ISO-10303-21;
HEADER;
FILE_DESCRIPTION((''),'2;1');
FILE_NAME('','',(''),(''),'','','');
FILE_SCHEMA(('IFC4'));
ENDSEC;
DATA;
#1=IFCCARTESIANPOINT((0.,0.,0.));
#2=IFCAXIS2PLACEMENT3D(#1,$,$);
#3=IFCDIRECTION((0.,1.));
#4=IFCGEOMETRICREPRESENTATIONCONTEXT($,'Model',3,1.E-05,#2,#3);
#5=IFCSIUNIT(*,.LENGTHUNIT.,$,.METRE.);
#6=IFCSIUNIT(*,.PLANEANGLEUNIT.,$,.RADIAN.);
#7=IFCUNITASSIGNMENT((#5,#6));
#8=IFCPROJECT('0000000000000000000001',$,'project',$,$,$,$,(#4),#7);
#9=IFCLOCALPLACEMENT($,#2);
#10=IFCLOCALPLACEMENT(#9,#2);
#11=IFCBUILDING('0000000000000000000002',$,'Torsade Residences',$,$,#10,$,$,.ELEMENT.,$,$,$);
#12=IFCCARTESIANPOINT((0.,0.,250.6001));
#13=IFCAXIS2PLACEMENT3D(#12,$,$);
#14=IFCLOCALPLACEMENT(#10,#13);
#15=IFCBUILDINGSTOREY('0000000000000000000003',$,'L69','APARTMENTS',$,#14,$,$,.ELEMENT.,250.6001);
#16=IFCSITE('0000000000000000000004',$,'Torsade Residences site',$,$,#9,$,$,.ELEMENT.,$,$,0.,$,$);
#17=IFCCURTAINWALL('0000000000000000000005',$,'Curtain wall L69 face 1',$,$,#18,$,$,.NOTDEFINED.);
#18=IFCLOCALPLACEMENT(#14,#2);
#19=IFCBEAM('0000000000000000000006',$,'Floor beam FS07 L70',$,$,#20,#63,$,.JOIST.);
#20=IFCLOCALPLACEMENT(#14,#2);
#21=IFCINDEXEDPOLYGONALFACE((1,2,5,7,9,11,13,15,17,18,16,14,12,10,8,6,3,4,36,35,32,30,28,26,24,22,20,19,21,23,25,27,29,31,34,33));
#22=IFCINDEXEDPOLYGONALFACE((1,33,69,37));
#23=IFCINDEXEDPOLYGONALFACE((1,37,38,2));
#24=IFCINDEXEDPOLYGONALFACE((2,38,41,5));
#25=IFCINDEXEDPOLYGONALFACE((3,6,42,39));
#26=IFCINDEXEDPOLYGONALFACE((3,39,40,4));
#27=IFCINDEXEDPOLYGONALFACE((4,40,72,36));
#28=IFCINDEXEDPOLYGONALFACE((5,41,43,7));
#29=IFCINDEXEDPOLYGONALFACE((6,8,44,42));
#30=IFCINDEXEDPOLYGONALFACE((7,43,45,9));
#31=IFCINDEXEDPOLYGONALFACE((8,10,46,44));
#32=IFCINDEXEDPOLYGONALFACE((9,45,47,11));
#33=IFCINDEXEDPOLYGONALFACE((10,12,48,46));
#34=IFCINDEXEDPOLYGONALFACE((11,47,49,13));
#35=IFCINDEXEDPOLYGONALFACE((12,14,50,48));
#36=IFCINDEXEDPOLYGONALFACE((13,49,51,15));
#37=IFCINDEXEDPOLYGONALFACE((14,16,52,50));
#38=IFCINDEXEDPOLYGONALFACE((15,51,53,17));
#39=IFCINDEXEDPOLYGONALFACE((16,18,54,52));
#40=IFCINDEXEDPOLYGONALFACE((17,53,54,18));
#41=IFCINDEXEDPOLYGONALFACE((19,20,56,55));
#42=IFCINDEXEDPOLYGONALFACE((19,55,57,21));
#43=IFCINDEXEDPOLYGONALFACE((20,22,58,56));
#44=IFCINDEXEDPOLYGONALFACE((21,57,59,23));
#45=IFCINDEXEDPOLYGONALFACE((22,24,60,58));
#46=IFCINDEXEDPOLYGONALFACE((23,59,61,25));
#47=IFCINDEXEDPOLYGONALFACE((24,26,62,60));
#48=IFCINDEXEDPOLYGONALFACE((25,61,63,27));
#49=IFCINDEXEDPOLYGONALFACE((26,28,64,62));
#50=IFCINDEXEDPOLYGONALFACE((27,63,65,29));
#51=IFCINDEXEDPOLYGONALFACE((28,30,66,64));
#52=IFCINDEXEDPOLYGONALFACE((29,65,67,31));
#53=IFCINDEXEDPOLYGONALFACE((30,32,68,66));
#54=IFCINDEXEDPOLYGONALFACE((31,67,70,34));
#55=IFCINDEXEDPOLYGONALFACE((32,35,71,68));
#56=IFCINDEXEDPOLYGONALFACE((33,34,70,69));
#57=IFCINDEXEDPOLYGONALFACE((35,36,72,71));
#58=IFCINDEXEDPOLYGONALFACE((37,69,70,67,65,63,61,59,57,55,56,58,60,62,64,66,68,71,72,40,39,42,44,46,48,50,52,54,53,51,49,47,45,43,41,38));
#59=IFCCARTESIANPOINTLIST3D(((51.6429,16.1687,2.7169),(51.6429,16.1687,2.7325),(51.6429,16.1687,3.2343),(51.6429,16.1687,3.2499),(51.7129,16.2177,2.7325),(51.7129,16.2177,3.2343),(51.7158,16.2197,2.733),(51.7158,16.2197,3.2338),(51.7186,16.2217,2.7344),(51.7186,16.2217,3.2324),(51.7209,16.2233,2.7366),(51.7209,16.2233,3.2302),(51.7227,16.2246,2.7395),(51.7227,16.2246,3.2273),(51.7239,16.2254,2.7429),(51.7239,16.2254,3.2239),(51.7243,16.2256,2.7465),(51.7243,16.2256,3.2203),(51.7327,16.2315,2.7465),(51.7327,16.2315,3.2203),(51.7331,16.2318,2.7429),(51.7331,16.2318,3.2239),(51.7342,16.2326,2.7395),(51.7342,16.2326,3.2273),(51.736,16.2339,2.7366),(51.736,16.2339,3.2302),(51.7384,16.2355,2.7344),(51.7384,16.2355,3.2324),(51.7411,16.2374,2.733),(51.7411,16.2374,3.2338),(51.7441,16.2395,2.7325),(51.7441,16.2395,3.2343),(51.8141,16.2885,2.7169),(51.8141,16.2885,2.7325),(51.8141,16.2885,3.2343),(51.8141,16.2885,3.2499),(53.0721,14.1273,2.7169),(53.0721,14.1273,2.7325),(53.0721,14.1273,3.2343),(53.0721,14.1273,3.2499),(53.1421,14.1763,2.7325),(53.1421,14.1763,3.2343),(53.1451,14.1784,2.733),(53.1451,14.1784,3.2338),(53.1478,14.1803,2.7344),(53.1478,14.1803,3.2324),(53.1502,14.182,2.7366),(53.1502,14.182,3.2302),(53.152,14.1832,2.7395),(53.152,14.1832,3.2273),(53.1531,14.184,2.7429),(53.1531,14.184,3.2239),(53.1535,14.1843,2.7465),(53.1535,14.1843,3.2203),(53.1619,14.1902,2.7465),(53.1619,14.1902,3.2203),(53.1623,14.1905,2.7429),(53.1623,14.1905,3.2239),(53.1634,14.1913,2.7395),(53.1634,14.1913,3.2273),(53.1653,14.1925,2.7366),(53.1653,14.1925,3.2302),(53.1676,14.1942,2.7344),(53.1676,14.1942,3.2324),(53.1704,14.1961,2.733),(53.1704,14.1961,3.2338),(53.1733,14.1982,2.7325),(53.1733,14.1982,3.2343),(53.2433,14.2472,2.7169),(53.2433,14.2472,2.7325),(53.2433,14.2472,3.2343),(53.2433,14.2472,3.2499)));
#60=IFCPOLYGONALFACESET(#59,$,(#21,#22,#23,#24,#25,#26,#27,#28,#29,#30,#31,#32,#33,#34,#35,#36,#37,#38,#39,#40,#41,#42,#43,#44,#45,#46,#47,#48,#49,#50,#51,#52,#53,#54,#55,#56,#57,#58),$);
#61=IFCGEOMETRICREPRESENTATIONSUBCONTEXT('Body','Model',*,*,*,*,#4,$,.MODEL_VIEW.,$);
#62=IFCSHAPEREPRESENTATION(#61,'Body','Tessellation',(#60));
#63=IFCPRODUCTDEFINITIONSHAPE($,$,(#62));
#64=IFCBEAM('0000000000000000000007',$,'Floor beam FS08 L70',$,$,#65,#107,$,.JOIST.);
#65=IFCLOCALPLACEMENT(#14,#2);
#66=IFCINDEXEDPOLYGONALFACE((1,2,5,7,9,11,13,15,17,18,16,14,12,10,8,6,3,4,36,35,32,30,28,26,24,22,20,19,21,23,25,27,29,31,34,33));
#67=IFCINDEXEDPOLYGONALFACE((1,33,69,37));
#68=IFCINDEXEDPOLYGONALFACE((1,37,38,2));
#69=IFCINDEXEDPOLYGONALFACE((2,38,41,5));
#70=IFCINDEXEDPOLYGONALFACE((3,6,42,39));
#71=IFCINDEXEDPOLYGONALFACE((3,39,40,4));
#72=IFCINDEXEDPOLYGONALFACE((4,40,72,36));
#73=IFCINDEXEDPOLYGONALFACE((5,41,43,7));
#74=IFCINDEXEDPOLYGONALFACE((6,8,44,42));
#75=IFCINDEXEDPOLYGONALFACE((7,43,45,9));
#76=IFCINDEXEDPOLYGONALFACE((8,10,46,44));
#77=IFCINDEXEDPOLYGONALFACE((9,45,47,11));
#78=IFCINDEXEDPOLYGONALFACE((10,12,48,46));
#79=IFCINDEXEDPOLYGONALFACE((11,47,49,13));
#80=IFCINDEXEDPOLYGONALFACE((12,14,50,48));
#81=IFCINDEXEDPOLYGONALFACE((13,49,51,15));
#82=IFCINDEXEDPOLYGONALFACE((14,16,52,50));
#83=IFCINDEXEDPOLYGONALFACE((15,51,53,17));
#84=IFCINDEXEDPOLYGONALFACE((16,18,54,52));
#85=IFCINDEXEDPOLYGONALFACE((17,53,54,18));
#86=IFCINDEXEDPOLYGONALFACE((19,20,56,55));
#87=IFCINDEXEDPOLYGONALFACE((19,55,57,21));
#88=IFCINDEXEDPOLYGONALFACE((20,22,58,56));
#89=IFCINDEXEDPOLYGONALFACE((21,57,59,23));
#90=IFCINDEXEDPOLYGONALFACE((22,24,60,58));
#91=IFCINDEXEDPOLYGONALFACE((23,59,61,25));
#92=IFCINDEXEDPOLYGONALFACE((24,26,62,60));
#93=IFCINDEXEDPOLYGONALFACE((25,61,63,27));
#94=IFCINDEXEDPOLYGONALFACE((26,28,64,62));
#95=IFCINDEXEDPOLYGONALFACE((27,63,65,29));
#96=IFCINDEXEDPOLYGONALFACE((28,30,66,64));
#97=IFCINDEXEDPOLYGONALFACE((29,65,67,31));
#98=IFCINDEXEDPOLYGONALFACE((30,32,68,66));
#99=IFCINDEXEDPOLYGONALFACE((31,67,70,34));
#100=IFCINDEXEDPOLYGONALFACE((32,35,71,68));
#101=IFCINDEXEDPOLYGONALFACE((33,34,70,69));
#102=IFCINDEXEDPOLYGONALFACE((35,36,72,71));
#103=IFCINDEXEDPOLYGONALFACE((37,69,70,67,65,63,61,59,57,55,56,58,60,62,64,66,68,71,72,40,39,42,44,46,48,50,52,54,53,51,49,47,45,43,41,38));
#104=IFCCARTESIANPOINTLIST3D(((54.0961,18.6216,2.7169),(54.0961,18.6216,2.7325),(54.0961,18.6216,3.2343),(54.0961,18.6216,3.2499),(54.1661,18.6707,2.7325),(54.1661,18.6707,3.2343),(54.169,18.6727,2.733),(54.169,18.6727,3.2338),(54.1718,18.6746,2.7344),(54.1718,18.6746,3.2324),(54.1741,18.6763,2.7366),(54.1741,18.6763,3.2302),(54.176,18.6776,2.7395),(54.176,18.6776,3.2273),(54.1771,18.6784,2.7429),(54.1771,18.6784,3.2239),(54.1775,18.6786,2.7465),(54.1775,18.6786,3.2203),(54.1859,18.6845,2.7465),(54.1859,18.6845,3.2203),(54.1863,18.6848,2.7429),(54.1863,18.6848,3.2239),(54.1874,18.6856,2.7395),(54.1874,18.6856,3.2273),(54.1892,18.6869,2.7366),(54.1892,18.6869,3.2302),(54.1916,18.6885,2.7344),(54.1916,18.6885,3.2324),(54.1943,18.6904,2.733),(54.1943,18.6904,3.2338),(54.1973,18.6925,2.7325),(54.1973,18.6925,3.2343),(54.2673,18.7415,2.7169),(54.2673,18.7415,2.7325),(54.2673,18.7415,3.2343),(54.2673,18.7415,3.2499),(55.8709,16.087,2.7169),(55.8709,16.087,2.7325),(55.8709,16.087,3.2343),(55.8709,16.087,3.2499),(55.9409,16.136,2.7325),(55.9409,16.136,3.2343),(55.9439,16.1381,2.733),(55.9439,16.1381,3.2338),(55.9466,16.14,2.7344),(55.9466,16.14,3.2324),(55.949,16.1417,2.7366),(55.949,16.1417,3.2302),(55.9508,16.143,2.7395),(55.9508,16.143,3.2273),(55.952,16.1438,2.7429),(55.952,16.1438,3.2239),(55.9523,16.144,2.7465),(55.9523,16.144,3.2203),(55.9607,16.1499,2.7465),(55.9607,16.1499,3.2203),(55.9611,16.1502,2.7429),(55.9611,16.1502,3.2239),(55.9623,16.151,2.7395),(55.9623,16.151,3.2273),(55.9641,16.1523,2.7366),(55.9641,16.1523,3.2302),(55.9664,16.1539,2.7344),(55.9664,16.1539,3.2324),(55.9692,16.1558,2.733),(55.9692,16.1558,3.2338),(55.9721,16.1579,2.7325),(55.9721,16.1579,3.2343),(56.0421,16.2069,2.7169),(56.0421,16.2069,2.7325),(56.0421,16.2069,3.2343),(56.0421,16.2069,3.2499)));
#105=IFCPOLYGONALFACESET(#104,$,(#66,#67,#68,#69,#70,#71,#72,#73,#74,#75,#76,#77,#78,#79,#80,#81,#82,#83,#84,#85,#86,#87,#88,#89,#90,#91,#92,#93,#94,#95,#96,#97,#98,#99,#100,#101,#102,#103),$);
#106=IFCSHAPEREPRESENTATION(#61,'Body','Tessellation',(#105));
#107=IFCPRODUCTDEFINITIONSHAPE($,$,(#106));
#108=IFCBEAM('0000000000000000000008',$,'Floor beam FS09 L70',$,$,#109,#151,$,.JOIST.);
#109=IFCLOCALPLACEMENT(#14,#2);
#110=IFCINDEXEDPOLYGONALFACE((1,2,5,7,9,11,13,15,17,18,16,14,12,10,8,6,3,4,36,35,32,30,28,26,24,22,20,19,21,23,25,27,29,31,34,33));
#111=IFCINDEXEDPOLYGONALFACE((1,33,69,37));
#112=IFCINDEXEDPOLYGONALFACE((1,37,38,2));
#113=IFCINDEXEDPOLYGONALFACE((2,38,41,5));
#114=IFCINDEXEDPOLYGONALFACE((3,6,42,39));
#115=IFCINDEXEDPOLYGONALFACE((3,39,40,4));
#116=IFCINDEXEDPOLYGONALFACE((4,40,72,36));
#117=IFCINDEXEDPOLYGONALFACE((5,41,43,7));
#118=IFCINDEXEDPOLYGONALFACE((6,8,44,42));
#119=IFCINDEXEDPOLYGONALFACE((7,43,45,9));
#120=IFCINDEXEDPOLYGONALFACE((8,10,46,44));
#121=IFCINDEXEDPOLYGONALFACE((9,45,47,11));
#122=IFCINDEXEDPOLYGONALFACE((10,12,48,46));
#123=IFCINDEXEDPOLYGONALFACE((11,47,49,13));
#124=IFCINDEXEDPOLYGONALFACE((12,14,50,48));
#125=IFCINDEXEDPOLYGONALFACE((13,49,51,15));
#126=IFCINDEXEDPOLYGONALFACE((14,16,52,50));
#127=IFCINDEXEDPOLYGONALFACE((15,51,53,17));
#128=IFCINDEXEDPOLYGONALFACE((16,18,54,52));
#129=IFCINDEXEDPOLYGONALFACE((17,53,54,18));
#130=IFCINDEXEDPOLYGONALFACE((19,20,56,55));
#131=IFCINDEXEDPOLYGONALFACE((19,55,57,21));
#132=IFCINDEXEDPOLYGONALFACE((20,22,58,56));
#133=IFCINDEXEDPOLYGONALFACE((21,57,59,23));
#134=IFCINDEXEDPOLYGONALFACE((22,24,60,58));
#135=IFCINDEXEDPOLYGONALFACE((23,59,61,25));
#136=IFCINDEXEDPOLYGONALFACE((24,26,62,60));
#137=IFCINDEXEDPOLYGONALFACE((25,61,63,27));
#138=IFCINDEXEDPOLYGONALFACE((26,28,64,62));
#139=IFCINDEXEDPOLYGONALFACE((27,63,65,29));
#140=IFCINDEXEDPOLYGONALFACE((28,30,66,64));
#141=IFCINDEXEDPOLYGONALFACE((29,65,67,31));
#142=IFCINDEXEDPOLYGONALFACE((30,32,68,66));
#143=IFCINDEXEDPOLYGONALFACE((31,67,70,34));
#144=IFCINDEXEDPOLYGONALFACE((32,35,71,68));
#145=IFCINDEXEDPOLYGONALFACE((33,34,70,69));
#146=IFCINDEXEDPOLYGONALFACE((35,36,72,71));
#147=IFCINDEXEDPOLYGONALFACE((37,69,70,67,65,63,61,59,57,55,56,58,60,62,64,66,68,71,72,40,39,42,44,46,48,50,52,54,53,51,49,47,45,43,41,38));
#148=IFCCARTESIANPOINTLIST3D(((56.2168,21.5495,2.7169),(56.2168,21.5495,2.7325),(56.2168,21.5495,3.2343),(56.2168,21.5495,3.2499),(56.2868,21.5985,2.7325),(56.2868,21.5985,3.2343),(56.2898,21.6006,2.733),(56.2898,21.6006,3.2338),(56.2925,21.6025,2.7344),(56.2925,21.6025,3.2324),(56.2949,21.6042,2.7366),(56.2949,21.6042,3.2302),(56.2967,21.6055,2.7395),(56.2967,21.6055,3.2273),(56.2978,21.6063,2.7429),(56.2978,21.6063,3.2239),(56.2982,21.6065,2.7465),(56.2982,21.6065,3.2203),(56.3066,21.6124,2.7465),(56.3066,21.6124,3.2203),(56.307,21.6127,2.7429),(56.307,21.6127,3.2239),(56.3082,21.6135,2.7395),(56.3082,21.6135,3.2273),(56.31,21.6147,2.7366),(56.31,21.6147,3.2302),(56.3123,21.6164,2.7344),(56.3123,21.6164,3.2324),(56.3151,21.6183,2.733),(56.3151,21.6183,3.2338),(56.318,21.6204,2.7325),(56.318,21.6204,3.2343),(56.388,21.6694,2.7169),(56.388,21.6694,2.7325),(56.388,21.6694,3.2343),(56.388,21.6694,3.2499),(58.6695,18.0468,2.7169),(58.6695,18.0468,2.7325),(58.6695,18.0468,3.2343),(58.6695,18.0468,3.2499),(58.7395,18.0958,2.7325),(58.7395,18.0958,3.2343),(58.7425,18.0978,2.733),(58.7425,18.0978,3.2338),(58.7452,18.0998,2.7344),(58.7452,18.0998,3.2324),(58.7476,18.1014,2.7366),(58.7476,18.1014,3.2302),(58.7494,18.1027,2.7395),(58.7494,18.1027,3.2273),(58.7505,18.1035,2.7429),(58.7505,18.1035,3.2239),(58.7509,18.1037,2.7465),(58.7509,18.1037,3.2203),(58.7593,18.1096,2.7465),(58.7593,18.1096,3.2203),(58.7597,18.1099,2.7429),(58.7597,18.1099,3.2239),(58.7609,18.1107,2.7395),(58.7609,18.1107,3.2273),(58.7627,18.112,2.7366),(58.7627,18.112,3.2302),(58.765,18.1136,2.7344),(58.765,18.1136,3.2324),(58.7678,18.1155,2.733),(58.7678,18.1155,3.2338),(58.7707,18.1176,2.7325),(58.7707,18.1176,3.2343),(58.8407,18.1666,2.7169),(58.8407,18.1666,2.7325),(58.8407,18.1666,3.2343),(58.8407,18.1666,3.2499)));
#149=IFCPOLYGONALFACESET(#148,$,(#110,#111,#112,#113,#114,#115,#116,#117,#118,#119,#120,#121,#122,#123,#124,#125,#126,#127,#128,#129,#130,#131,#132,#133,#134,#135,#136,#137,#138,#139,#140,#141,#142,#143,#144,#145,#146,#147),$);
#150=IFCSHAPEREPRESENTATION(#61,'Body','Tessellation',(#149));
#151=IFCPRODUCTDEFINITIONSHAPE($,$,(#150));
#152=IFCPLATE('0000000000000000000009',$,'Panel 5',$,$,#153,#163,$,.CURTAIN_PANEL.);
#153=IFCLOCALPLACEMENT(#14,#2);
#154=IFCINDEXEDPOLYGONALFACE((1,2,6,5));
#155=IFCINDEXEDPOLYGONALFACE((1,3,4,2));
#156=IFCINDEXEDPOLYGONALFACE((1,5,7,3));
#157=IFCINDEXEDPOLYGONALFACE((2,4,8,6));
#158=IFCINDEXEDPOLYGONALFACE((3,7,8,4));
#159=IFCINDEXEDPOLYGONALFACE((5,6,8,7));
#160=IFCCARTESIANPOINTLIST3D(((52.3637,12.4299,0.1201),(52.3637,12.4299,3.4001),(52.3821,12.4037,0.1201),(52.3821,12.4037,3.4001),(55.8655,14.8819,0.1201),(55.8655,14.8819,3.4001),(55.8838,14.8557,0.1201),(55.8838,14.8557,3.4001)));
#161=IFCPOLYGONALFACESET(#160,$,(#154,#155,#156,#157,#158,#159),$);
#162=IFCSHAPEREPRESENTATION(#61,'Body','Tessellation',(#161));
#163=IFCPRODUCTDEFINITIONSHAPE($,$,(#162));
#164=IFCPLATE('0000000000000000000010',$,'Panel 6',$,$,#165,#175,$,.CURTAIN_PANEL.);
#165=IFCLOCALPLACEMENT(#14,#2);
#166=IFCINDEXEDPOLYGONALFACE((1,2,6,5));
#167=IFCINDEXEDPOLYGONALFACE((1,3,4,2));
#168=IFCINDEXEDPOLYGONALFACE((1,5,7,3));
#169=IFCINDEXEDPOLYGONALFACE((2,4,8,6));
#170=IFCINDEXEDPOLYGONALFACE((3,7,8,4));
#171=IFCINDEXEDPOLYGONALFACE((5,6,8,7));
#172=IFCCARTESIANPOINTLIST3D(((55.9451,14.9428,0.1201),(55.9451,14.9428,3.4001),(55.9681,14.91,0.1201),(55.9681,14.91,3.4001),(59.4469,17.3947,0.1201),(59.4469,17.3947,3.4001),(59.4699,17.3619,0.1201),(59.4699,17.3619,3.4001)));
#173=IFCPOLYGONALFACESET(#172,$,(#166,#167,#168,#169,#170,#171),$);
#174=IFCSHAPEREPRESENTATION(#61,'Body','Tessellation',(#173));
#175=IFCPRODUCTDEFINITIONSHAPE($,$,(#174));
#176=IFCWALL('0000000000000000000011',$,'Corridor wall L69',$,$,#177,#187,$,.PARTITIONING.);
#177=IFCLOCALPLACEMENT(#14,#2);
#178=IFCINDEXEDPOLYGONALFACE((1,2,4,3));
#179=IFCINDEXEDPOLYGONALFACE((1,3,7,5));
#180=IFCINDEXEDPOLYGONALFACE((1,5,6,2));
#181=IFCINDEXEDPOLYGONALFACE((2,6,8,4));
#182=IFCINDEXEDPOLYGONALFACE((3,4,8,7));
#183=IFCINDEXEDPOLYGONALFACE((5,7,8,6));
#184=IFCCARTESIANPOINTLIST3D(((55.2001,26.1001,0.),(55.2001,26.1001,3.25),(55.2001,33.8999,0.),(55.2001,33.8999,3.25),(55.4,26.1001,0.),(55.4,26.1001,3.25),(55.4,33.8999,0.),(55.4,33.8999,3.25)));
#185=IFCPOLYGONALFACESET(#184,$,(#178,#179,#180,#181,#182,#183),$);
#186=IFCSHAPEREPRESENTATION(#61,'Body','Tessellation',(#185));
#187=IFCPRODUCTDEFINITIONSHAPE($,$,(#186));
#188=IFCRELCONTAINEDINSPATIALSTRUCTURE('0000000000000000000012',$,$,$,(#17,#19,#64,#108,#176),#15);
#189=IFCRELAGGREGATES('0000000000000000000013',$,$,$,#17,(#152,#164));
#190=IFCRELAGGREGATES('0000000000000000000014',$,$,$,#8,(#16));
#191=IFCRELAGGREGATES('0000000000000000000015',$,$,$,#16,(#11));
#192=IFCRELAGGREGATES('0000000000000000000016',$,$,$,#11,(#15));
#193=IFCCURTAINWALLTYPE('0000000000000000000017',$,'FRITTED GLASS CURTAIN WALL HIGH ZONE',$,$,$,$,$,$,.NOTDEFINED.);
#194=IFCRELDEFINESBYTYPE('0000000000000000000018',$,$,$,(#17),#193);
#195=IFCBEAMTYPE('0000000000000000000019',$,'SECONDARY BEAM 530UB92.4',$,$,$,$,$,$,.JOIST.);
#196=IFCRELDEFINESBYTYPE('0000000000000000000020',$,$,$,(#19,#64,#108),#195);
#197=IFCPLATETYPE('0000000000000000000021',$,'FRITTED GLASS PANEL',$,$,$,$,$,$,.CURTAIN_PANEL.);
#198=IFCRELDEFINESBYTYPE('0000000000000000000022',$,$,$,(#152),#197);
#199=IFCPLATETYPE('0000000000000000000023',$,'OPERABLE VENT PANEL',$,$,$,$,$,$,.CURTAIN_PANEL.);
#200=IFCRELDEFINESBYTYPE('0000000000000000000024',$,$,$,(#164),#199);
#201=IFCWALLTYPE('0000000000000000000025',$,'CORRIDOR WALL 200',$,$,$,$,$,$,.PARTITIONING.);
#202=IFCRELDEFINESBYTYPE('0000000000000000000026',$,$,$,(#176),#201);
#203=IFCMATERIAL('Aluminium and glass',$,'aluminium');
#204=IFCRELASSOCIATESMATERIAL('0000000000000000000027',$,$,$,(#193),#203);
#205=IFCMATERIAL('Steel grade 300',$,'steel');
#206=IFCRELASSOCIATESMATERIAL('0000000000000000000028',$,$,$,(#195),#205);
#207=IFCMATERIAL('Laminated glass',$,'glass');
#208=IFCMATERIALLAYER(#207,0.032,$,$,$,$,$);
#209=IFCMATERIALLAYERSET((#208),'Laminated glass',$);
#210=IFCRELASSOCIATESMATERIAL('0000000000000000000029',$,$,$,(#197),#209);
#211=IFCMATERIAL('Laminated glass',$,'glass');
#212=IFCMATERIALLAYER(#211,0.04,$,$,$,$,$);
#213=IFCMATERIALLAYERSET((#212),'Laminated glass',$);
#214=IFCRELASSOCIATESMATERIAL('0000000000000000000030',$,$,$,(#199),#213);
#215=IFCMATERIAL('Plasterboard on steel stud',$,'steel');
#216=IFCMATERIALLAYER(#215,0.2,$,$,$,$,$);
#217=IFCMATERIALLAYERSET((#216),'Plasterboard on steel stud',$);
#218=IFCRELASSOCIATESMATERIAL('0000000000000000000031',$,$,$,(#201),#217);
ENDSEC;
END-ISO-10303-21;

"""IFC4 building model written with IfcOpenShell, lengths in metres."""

from ifc_helpers import new_model, si_unit, direction, frame, frame_2d, origin, origin_2d, place, context, subcontext, project, spatial, rectangle, i_section, extrude, material, layer, layer_set, material_profile, profile_set, type_object, element, aggregate, save


model = new_model("IFC4")

# Units and contexts
model_context = context("Model", 3, precision=1e-05, world=origin(), true_north=direction((0.0, 1.0)))
body_context = subcontext(model_context, "Body", "Model", "MODEL_VIEW")
ifc_project = project(units=[si_unit("LENGTHUNIT", "METRE"), si_unit("PLANEANGLEUNIT", "RADIAN")], contexts=[model_context])

# Site, building, storey
site_placement = place(None, origin())
site = spatial("IfcSite", under=ifc_project, at=site_placement, Name="Torsade Residences site", CompositionType="ELEMENT", RefElevation=0.0)
building_placement = place(site_placement, origin())
building = spatial("IfcBuilding", under=site, at=building_placement, Name="Torsade Residences", CompositionType="ELEMENT")
storey_placement = place(building_placement, frame((0.0, 0.0, 250.6001)))
storey = spatial("IfcBuildingStorey", under=building, at=storey_placement, Name="L69", Description="APARTMENTS", CompositionType="ELEMENT", Elevation=250.6001)

# Curtain wall
ifc_material_1 = material(Name="Aluminium and glass", Category="aluminium")
curtain_wall_type = type_object("IfcCurtainWallType", Name="FRITTED GLASS CURTAIN WALL HIGH ZONE", PredefinedType="NOTDEFINED", material=ifc_material_1)
curtain_wall_placement = place(storey_placement, origin())
curtain_wall = element("IfcCurtainWall", 1, at=curtain_wall_placement, inside=storey, type_object=curtain_wall_type, Name="Curtain wall L69 face 1", PredefinedType="NOTDEFINED")

# Beams
ifc_material_2 = material(Name="Steel grade 300", Category="steel")
ifc_material_profile_1 = material_profile(ifc_material_2, i_section(OverallWidth=0.209, OverallDepth=0.533, WebThickness=0.0103, FlangeThickness=0.0156, FilletRadius=0.0139, at=origin_2d()), Name="530UB92.4")
ifc_profile_set_1 = profile_set([ifc_material_profile_1], Name="Steel grade 300")
beam_type_1 = type_object("IfcBeamType", Name="SECONDARY BEAM 530UB92.4", PredefinedType="JOIST", material=ifc_profile_set_1)
beam_1_placement = place(storey_placement, frame((53.1577, 14.1873, 2.9834), z_axis=(-0.573548, 0.819172, 0.0), x_axis=(-0.819172, -0.573548, 0.0)))
element("IfcBeam", 2, at=beam_1_placement, inside=storey, type_object=beam_type_1, Name="Floor beam FS07 L70", PredefinedType="JOIST", context=body_context, shape_type="SweptSolid", body=[
    extrude(i_section(OverallWidth=0.209, OverallDepth=0.533, WebThickness=0.0103, FlangeThickness=0.0156, FilletRadius=0.0139, at=origin_2d()), origin(), (0.0, 0.0, 1.0), 2.4919),
])
beam_2_placement = place(storey_placement, frame((55.9565, 16.147, 2.9834), z_axis=(-0.5736, 0.819136, 0.0), x_axis=(-0.819136, -0.5736, 0.0)))
element("IfcBeam", 3, at=beam_2_placement, inside=storey, type_object=beam_type_1, Name="Floor beam FS08 L70", PredefinedType="JOIST", context=body_context, shape_type="SweptSolid", body=[
    extrude(i_section(OverallWidth=0.209, OverallDepth=0.533, WebThickness=0.0103, FlangeThickness=0.0156, FilletRadius=0.0139, at=origin_2d()), origin(), (0.0, 0.0, 1.0), 3.0942),
])
beam_3_placement = place(storey_placement, frame((58.7551, 18.1067, 2.9834), z_axis=(-0.573581, 0.819149, 0.0), x_axis=(-0.819149, -0.573581, 0.0)))
element("IfcBeam", 4, at=beam_3_placement, inside=storey, type_object=beam_type_1, Name="Floor beam FS09 L70", PredefinedType="JOIST", context=body_context, shape_type="SweptSolid", body=[
    extrude(i_section(OverallWidth=0.209, OverallDepth=0.533, WebThickness=0.0103, FlangeThickness=0.0156, FilletRadius=0.0139, at=origin_2d()), origin(), (0.0, 0.0, 1.0), 4.2761),
])

# Plates
ifc_material_3 = material(Name="Laminated glass", Category="glass")
ifc_layer_1 = layer(ifc_material_3, 0.032)
ifc_layer_set_1 = layer_set([ifc_layer_1], Name="Laminated glass")
plate_type_1 = type_object("IfcPlateType", Name="FRITTED GLASS PANEL", PredefinedType="CURTAIN_PANEL", material=ifc_layer_set_1)
plate_1_placement = place(storey_placement, frame((54.1238, 13.6428, 0.1201), z_axis=(0.0, 0.0, 1.0), x_axis=(0.819152, 0.573576, 0.0)))
plate_1 = element("IfcPlate", 5, at=plate_1_placement, type_object=plate_type_1, Name="Panel 5", PredefinedType="CURTAIN_PANEL", context=body_context, shape_type="SweptSolid", body=[
    extrude(rectangle(XDim=4.2749, YDim=0.032, at=origin_2d()), origin(), (0.0, 0.0, 1.0), 3.28),
])
ifc_material_4 = material(Name="Laminated glass", Category="glass")
ifc_layer_2 = layer(ifc_material_4, 0.04)
ifc_layer_set_2 = layer_set([ifc_layer_2], Name="Laminated glass")
plate_type_2 = type_object("IfcPlateType", Name="OPERABLE VENT PANEL", PredefinedType="CURTAIN_PANEL", material=ifc_layer_set_2)
plate_2_placement = place(storey_placement, frame((57.7075, 16.1523, 0.1201), z_axis=(0.0, 0.0, 1.0), x_axis=(0.819152, 0.573576, 0.0)))
plate_2 = element("IfcPlate", 6, at=plate_2_placement, type_object=plate_type_2, Name="Panel 6", PredefinedType="CURTAIN_PANEL", context=body_context, shape_type="SweptSolid", body=[
    extrude(rectangle(XDim=4.2749, YDim=0.04, at=origin_2d()), origin(), (0.0, 0.0, 1.0), 3.28),
])
aggregate(curtain_wall, [plate_1, plate_2])

# Wall
ifc_material_5 = material(Name="Plasterboard on steel stud", Category="steel")
ifc_layer_3 = layer(ifc_material_5, 0.2)
ifc_layer_set_3 = layer_set([ifc_layer_3], Name="Plasterboard on steel stud")
wall_type_1 = type_object("IfcWallType", Name="CORRIDOR WALL 200", PredefinedType="PARTITIONING", material=ifc_layer_set_3)
wall_1_placement = place(storey_placement, frame((55.3, 26.1001, 0.0), z_axis=(0.0, 0.0, 1.0), x_axis=(0.0, 1.0, 0.0)))
element("IfcWall", 7, at=wall_1_placement, inside=storey, type_object=wall_type_1, Name="Corridor wall L69", PredefinedType="PARTITIONING", context=body_context, shape_type="SweptSolid", body=[
    extrude(rectangle(XDim=7.7998, YDim=0.2, at=frame_2d((3.8999, 0.0))), origin(), (0.0, 0.0, 1.0), 3.25),
])

save(model, "model.ifc")
